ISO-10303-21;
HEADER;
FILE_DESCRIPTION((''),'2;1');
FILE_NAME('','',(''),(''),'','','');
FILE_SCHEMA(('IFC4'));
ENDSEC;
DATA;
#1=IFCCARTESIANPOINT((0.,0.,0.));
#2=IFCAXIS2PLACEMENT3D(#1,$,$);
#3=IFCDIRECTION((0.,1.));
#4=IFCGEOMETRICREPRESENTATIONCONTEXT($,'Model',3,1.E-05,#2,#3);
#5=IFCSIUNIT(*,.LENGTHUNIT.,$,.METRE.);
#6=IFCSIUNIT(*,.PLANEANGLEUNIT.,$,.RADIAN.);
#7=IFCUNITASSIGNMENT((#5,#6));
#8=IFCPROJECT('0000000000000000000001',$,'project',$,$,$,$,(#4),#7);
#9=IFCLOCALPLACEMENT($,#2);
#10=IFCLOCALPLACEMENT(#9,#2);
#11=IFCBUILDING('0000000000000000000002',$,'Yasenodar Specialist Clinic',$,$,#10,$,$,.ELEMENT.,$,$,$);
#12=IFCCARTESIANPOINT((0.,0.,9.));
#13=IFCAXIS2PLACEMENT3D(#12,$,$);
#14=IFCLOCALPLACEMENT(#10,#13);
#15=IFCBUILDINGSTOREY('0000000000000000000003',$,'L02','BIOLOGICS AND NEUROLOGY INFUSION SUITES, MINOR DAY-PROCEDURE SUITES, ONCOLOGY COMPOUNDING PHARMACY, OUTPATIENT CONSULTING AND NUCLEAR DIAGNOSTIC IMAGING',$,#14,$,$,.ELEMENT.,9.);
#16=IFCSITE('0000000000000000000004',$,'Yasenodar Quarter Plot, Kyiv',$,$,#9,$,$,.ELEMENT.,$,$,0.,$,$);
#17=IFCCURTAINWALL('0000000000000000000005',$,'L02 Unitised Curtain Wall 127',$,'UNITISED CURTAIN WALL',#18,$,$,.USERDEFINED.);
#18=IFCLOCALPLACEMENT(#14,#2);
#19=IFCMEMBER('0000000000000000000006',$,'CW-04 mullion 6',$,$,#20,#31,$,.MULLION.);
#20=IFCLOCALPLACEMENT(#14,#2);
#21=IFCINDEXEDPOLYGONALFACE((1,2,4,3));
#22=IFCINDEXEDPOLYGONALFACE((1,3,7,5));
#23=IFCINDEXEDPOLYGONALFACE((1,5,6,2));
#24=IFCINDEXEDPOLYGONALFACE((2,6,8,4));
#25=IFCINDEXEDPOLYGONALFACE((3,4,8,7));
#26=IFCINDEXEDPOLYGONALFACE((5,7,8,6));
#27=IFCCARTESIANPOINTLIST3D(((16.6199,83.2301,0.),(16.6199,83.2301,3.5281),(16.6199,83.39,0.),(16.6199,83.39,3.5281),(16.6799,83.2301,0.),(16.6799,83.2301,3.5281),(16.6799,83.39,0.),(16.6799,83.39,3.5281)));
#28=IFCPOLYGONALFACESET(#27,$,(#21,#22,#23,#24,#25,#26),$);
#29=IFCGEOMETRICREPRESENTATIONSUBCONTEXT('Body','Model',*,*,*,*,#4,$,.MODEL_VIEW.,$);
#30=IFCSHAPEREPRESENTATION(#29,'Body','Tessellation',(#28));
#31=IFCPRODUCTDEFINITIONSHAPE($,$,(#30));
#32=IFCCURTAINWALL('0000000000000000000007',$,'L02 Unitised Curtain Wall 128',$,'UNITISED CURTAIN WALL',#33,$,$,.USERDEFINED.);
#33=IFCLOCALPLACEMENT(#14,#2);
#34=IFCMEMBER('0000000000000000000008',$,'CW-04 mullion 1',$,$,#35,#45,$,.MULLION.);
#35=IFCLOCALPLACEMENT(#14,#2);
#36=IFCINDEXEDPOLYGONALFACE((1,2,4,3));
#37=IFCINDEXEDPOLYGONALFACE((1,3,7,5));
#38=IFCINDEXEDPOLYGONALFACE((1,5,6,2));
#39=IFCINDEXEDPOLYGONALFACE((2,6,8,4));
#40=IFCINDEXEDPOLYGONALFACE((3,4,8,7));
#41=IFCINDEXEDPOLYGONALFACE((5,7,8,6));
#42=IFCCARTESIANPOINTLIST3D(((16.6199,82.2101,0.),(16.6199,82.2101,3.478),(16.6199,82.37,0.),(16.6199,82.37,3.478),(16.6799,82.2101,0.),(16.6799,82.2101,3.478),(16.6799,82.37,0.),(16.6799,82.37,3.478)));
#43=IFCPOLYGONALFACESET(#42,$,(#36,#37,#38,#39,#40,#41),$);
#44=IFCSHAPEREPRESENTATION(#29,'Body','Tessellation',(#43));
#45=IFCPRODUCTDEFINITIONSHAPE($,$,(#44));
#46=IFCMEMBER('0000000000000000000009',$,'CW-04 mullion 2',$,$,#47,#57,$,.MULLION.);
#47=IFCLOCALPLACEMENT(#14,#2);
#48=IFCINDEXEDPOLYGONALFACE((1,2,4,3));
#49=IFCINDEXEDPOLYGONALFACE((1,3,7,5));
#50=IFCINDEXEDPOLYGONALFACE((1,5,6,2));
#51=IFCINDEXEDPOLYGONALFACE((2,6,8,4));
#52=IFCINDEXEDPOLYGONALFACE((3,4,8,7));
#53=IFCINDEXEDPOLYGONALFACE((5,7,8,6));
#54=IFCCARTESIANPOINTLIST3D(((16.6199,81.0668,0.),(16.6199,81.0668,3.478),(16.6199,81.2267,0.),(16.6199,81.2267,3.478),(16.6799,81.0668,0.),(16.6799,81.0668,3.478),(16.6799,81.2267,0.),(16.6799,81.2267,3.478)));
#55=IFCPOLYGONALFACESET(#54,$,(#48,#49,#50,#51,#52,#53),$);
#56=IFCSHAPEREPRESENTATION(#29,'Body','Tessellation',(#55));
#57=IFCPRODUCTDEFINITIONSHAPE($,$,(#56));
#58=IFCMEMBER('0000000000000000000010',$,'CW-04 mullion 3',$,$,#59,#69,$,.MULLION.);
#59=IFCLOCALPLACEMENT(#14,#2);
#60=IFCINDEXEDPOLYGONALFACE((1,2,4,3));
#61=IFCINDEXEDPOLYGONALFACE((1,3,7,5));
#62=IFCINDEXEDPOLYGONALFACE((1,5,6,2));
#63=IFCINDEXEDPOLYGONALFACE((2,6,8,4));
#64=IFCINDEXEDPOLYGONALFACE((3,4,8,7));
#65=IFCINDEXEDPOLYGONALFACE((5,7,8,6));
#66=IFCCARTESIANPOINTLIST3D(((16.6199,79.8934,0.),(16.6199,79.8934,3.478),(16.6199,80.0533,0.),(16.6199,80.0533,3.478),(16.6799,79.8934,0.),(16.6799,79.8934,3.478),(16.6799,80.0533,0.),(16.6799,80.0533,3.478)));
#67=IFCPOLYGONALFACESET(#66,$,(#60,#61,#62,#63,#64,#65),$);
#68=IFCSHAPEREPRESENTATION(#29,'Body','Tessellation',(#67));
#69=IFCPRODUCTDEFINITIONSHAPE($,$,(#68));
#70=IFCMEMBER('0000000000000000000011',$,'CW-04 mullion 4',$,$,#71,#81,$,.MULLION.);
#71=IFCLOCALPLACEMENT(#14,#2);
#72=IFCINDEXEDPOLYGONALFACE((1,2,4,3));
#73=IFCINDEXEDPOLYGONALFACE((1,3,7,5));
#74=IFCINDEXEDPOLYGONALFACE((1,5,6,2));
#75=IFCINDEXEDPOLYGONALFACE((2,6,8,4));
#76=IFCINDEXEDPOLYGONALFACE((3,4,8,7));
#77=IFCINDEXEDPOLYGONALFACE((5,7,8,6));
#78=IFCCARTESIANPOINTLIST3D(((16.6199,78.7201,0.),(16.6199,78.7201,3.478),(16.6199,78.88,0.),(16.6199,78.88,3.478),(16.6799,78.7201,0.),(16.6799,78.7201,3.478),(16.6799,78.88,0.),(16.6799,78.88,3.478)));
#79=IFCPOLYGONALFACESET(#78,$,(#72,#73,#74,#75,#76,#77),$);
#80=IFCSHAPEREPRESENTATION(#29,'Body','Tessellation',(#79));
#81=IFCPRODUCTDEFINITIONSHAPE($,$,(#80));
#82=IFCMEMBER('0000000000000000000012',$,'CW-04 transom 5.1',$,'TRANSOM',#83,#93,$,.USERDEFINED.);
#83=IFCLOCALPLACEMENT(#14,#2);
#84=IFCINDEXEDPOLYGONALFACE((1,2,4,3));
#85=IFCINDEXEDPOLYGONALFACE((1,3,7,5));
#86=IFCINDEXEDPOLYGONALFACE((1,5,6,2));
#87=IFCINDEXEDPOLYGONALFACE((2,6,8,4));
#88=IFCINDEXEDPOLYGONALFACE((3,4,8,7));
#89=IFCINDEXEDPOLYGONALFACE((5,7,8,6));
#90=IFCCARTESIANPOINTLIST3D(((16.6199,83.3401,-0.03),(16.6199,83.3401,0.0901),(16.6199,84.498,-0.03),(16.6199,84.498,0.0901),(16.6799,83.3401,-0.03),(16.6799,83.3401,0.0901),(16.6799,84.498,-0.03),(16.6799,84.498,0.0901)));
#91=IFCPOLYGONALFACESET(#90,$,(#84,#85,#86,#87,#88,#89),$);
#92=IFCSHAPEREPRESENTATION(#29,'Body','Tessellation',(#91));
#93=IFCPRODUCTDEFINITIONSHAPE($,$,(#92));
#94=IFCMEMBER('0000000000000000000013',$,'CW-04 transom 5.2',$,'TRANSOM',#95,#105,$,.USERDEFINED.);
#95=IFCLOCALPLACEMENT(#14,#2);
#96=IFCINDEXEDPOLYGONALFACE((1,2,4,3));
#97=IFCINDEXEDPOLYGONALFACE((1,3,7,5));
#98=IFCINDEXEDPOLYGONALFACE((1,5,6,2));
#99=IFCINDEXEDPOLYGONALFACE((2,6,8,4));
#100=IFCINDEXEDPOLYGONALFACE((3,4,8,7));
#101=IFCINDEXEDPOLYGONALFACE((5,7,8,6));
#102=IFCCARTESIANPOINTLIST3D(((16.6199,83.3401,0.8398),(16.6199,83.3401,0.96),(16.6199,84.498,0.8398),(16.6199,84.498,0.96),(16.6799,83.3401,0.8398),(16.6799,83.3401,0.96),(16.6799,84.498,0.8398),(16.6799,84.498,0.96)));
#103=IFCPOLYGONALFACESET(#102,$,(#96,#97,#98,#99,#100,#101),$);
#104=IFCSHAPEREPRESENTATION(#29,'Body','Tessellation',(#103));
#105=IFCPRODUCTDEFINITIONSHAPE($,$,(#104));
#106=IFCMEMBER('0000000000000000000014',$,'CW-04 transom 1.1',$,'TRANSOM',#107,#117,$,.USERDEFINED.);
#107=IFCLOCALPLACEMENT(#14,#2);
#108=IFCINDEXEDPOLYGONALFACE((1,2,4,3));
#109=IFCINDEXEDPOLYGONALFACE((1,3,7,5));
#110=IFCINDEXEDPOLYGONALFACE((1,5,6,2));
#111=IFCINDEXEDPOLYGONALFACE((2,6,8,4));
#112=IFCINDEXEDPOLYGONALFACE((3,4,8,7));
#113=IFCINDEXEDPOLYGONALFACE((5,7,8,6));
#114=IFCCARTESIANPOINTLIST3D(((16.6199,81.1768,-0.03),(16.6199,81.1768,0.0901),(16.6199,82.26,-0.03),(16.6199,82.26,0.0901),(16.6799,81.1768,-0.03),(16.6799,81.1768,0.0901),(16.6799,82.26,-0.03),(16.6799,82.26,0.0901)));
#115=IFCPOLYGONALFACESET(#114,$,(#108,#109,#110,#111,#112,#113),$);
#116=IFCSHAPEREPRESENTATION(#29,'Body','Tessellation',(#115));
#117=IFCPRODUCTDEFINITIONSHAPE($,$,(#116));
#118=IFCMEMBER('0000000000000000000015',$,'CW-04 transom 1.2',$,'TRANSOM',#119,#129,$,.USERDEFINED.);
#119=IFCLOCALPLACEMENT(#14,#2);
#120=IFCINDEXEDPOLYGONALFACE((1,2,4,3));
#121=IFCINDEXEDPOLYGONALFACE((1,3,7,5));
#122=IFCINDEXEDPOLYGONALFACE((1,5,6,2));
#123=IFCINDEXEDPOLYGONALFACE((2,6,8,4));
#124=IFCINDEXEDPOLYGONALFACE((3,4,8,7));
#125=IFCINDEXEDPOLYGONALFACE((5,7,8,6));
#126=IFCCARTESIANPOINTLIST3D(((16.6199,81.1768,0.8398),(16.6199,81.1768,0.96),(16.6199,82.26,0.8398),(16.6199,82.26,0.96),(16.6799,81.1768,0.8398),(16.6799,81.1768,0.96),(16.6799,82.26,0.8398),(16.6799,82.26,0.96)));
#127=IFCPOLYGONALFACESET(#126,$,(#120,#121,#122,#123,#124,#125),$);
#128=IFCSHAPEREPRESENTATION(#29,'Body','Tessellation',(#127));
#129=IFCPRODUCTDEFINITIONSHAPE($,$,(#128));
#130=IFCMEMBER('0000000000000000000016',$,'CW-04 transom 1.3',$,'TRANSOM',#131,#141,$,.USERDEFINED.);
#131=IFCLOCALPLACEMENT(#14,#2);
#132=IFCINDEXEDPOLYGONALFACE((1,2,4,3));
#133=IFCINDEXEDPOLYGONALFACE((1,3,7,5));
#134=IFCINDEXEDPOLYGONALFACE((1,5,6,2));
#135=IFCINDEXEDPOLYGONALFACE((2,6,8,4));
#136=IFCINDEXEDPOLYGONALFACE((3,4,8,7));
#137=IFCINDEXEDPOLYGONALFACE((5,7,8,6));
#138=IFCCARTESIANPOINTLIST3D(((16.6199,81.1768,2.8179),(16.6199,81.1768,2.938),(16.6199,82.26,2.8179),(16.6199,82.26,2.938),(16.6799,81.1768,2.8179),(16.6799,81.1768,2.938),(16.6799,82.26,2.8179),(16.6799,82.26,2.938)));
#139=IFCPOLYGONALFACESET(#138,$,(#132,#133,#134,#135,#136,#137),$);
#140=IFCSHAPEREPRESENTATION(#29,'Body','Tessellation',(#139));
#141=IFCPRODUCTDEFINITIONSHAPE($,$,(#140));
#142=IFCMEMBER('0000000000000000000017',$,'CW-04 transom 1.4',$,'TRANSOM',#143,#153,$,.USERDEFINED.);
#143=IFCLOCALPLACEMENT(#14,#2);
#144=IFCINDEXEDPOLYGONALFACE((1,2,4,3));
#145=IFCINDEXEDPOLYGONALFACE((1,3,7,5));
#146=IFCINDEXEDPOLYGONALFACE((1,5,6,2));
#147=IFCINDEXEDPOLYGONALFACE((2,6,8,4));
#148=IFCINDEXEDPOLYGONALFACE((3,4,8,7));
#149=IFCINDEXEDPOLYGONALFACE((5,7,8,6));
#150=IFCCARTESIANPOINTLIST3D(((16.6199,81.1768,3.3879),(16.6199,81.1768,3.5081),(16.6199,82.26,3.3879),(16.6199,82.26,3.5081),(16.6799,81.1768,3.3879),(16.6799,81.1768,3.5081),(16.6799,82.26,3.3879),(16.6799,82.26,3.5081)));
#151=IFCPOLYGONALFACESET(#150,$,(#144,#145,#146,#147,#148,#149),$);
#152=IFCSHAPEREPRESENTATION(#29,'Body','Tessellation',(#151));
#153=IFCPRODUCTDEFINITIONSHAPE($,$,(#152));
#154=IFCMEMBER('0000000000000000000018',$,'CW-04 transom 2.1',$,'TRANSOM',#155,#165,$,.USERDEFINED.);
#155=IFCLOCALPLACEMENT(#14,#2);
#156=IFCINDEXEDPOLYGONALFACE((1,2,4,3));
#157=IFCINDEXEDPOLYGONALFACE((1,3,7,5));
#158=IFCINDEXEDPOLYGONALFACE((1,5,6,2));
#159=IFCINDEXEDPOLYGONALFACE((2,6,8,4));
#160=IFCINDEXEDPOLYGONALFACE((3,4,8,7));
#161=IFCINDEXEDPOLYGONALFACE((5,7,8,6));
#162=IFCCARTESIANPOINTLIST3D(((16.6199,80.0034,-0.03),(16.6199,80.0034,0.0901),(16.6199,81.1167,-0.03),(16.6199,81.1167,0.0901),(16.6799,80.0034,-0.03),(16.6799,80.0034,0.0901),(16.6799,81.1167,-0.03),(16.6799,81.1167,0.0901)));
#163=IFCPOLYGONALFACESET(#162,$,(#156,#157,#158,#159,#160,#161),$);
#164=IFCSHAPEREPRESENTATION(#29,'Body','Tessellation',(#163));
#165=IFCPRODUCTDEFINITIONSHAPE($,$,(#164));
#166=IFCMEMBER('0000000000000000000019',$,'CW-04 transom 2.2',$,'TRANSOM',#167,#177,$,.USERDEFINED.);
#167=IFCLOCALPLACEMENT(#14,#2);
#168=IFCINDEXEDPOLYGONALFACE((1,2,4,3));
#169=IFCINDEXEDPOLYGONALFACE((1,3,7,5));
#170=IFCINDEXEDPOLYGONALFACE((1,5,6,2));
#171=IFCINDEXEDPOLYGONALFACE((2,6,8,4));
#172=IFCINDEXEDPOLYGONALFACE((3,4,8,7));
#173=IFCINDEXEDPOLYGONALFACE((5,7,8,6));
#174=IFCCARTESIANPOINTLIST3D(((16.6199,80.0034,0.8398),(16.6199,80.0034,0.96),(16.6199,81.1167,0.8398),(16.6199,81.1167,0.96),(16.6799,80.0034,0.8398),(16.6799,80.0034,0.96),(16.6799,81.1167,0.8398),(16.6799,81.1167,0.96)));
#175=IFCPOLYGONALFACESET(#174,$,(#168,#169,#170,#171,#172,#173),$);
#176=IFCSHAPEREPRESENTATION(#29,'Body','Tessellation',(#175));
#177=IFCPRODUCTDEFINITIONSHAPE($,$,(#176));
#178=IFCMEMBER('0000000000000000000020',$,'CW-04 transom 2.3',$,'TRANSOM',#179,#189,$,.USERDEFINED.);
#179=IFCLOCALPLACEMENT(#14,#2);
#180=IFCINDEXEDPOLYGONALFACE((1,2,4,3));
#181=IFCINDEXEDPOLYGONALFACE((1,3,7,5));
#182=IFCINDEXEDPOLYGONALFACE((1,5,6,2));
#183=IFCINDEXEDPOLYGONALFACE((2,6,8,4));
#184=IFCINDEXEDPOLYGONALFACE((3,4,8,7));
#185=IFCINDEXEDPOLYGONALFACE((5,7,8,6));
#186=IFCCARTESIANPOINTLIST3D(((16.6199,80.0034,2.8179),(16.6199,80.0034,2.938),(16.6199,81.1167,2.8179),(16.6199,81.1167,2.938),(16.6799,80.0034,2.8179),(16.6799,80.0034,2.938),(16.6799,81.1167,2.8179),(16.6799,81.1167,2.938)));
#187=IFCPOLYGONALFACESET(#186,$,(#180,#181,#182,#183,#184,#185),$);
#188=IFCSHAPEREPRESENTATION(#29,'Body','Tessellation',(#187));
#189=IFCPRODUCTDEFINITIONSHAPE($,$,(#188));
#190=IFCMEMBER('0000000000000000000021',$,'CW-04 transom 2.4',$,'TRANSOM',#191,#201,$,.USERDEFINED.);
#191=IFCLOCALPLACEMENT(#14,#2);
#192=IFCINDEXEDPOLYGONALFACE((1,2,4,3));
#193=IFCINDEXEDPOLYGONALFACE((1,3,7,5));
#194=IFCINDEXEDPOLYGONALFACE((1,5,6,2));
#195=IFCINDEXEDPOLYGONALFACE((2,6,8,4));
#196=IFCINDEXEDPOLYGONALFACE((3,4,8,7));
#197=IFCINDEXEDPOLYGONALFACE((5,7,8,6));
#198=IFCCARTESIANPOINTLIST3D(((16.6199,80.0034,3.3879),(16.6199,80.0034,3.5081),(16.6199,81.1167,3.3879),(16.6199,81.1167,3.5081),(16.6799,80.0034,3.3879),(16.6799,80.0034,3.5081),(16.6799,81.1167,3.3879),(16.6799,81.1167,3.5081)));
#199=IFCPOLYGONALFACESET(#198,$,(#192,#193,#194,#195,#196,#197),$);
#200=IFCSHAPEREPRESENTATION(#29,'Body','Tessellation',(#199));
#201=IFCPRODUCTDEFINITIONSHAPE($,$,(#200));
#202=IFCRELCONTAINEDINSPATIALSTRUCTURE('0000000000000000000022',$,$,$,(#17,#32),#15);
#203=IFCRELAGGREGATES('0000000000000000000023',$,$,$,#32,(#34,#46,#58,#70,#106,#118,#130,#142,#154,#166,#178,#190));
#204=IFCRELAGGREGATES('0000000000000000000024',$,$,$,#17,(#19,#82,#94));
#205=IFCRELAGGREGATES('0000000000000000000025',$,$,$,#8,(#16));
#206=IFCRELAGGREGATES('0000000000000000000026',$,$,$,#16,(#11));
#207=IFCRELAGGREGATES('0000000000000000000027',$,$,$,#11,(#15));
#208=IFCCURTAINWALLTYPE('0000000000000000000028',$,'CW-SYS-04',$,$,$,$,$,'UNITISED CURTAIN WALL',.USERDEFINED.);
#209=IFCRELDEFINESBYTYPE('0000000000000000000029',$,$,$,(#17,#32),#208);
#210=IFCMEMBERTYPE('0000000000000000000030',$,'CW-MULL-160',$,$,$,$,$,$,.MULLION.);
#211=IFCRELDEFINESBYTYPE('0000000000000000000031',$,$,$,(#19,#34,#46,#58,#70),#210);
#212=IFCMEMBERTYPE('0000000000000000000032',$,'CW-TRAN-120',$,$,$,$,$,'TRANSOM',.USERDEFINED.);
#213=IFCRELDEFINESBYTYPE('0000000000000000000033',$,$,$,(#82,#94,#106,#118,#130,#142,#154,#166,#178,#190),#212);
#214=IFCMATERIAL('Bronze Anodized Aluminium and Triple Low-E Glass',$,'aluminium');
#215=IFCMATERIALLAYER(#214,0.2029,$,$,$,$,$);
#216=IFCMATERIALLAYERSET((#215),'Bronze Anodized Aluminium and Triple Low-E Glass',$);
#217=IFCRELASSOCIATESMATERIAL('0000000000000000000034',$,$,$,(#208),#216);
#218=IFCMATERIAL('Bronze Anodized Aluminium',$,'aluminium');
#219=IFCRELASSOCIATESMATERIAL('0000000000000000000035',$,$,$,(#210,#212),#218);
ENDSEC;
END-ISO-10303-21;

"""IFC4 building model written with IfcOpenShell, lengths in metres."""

from ifc_helpers import new_model, si_unit, direction, frame, origin, origin_2d, place, context, subcontext, project, spatial, rectangle, extrude, material, layer, layer_set, material_profile, profile_set, type_object, element, aggregate, save


model = new_model("IFC4")

# Units and contexts
model_context = context("Model", 3, precision=1e-05, world=origin(), true_north=direction((0.0, 1.0)))
body_context = subcontext(model_context, "Body", "Model", "MODEL_VIEW")
ifc_project = project(units=[si_unit("LENGTHUNIT", "METRE"), si_unit("PLANEANGLEUNIT", "RADIAN")], contexts=[model_context])

# Site, building, storey
site_placement = place(None, origin())
site = spatial("IfcSite", under=ifc_project, at=site_placement, Name="Yasenodar Quarter Plot, Kyiv", CompositionType="ELEMENT", RefElevation=0.0)
building_placement = place(site_placement, origin())
building = spatial("IfcBuilding", under=site, at=building_placement, Name="Yasenodar Specialist Clinic", CompositionType="ELEMENT")
storey_placement = place(building_placement, frame((0.0, 0.0, 9.0)))
storey = spatial("IfcBuildingStorey", under=building, at=storey_placement, Name="L02", Description="BIOLOGICS AND NEUROLOGY INFUSION SUITES, MINOR DAY-PROCEDURE SUITES, ONCOLOGY COMPOUNDING PHARMACY, OUTPATIENT CONSULTING AND NUCLEAR DIAGNOSTIC IMAGING", CompositionType="ELEMENT", Elevation=9.0)

# Curtain wall, member
ifc_material_1 = material(Name="Bronze Anodized Aluminium and Triple Low-E Glass", Category="aluminium")
ifc_layer_1 = layer(ifc_material_1, 0.2029)
ifc_layer_set_1 = layer_set([ifc_layer_1], Name="Bronze Anodized Aluminium and Triple Low-E Glass")
curtain_wall_type = type_object("IfcCurtainWallType", Name="CW-SYS-04", ElementType="UNITISED CURTAIN WALL", PredefinedType="USERDEFINED", material=ifc_layer_set_1)
curtain_wall_1_placement = place(storey_placement, origin())
curtain_wall_1 = element("IfcCurtainWall", 1, at=curtain_wall_1_placement, inside=storey, type_object=curtain_wall_type, Name="L02 Unitised Curtain Wall 127", ObjectType="UNITISED CURTAIN WALL", PredefinedType="USERDEFINED")
ifc_material_2 = material(Name="Bronze Anodized Aluminium", Category="aluminium")
ifc_material_profile_1 = material_profile(ifc_material_2, rectangle(XDim=0.0601, YDim=0.1599, at=origin_2d()), Name="CW-MULL 60x160")
ifc_profile_set_1 = profile_set([ifc_material_profile_1], Name="Bronze Anodized Aluminium")
member_type_1 = type_object("IfcMemberType", Name="CW-MULL-160", PredefinedType="MULLION", material=ifc_profile_set_1)
member_1_placement = place(storey_placement, frame((16.6499, 83.3101, 0.0), z_axis=(0.0, 0.0, 1.0), x_axis=(1.0, 0.0, 0.0)))
member_1 = element("IfcMember", 2, at=member_1_placement, type_object=member_type_1, Name="CW-04 mullion 6", PredefinedType="MULLION", context=body_context, shape_type="SweptSolid", body=[
    extrude(rectangle(XDim=0.0601, YDim=0.1599, at=origin_2d()), origin(), (0.0, 0.0, 1.0), 3.5281),
])

# Curtain wall, members
curtain_wall_2_placement = place(storey_placement, origin())
curtain_wall_2 = element("IfcCurtainWall", 3, at=curtain_wall_2_placement, inside=storey, type_object=curtain_wall_type, Name="L02 Unitised Curtain Wall 128", ObjectType="UNITISED CURTAIN WALL", PredefinedType="USERDEFINED")
member_2_placement = place(storey_placement, frame((16.6499, 82.29, 0.0), z_axis=(0.0, 0.0, 1.0), x_axis=(1.0, 0.0, 0.0)))
member_2 = element("IfcMember", 4, at=member_2_placement, type_object=member_type_1, Name="CW-04 mullion 1", PredefinedType="MULLION", context=body_context, shape_type="SweptSolid", body=[
    extrude(rectangle(XDim=0.0601, YDim=0.1599, at=origin_2d()), origin(), (0.0, 0.0, 1.0), 3.478),
])
member_3_placement = place(storey_placement, frame((16.6499, 81.1467, 0.0), z_axis=(0.0, 0.0, 1.0), x_axis=(1.0, 0.0, 0.0)))
member_3 = element("IfcMember", 5, at=member_3_placement, type_object=member_type_1, Name="CW-04 mullion 2", PredefinedType="MULLION", context=body_context, shape_type="SweptSolid", body=[
    extrude(rectangle(XDim=0.0601, YDim=0.1599, at=origin_2d()), origin(), (0.0, 0.0, 1.0), 3.478),
])
member_4_placement = place(storey_placement, frame((16.6499, 79.9734, 0.0), z_axis=(0.0, 0.0, 1.0), x_axis=(1.0, 0.0, 0.0)))
member_4 = element("IfcMember", 6, at=member_4_placement, type_object=member_type_1, Name="CW-04 mullion 3", PredefinedType="MULLION", context=body_context, shape_type="SweptSolid", body=[
    extrude(rectangle(XDim=0.0601, YDim=0.1599, at=origin_2d()), origin(), (0.0, 0.0, 1.0), 3.478),
])
member_5_placement = place(storey_placement, frame((16.6499, 78.8, 0.0), z_axis=(0.0, 0.0, 1.0), x_axis=(1.0, 0.0, 0.0)))
member_5 = element("IfcMember", 7, at=member_5_placement, type_object=member_type_1, Name="CW-04 mullion 4", PredefinedType="MULLION", context=body_context, shape_type="SweptSolid", body=[
    extrude(rectangle(XDim=0.0601, YDim=0.1599, at=origin_2d()), origin(), (0.0, 0.0, 1.0), 3.478),
])

# Members
ifc_material_profile_2 = material_profile(ifc_material_2, rectangle(XDim=0.0601, YDim=0.1201, at=origin_2d()), Name="CW-TRAN 60x120")
ifc_profile_set_2 = profile_set([ifc_material_profile_2], Name="Bronze Anodized Aluminium")
member_type_2 = type_object("IfcMemberType", Name="CW-TRAN-120", ElementType="TRANSOM", PredefinedType="USERDEFINED", material=ifc_profile_set_2)
member_6_placement = place(storey_placement, frame((16.6499, 84.498, 0.03), z_axis=(0.0, -1.0, 0.0), x_axis=(1.0, 0.0, 0.0)))
member_6 = element("IfcMember", 8, at=member_6_placement, type_object=member_type_2, Name="CW-04 transom 5.1", ObjectType="TRANSOM", PredefinedType="USERDEFINED", context=body_context, shape_type="SweptSolid", body=[
    extrude(rectangle(XDim=0.0601, YDim=0.1201, at=origin_2d()), origin(), (0.0, 0.0, 1.0), 1.158),
])
member_7_placement = place(storey_placement, frame((16.6499, 84.498, 0.8999), z_axis=(0.0, -1.0, 0.0), x_axis=(1.0, 0.0, 0.0)))
member_7 = element("IfcMember", 9, at=member_7_placement, type_object=member_type_2, Name="CW-04 transom 5.2", ObjectType="TRANSOM", PredefinedType="USERDEFINED", context=body_context, shape_type="SweptSolid", body=[
    extrude(rectangle(XDim=0.0601, YDim=0.1201, at=origin_2d()), origin(), (0.0, 0.0, 1.0), 1.158),
])
member_8_placement = place(storey_placement, frame((16.6499, 82.26, 0.03), z_axis=(0.0, -1.0, 0.0), x_axis=(1.0, 0.0, 0.0)))
member_8 = element("IfcMember", 10, at=member_8_placement, type_object=member_type_2, Name="CW-04 transom 1.1", ObjectType="TRANSOM", PredefinedType="USERDEFINED", context=body_context, shape_type="SweptSolid", body=[
    extrude(rectangle(XDim=0.0601, YDim=0.1201, at=origin_2d()), origin(), (0.0, 0.0, 1.0), 1.0833),
])
member_9_placement = place(storey_placement, frame((16.6499, 82.26, 0.8999), z_axis=(0.0, -1.0, 0.0), x_axis=(1.0, 0.0, 0.0)))
member_9 = element("IfcMember", 11, at=member_9_placement, type_object=member_type_2, Name="CW-04 transom 1.2", ObjectType="TRANSOM", PredefinedType="USERDEFINED", context=body_context, shape_type="SweptSolid", body=[
    extrude(rectangle(XDim=0.0601, YDim=0.1201, at=origin_2d()), origin(), (0.0, 0.0, 1.0), 1.0833),
])
member_10_placement = place(storey_placement, frame((16.6499, 82.26, 2.8779), z_axis=(0.0, -1.0, 0.0), x_axis=(1.0, 0.0, 0.0)))
member_10 = element("IfcMember", 12, at=member_10_placement, type_object=member_type_2, Name="CW-04 transom 1.3", ObjectType="TRANSOM", PredefinedType="USERDEFINED", context=body_context, shape_type="SweptSolid", body=[
    extrude(rectangle(XDim=0.0601, YDim=0.1201, at=origin_2d()), origin(), (0.0, 0.0, 1.0), 1.0833),
])
member_11_placement = place(storey_placement, frame((16.6499, 82.26, 3.448), z_axis=(0.0, -1.0, 0.0), x_axis=(1.0, 0.0, 0.0)))
member_11 = element("IfcMember", 13, at=member_11_placement, type_object=member_type_2, Name="CW-04 transom 1.4", ObjectType="TRANSOM", PredefinedType="USERDEFINED", context=body_context, shape_type="SweptSolid", body=[
    extrude(rectangle(XDim=0.0601, YDim=0.1201, at=origin_2d()), origin(), (0.0, 0.0, 1.0), 1.0833),
])
member_12_placement = place(storey_placement, frame((16.6499, 81.1167, 0.03), z_axis=(0.0, -1.0, 0.0), x_axis=(1.0, 0.0, 0.0)))
member_12 = element("IfcMember", 14, at=member_12_placement, type_object=member_type_2, Name="CW-04 transom 2.1", ObjectType="TRANSOM", PredefinedType="USERDEFINED", context=body_context, shape_type="SweptSolid", body=[
    extrude(rectangle(XDim=0.0601, YDim=0.1201, at=origin_2d()), origin(), (0.0, 0.0, 1.0), 1.1133),
])
member_13_placement = place(storey_placement, frame((16.6499, 81.1167, 0.8999), z_axis=(0.0, -1.0, 0.0), x_axis=(1.0, 0.0, 0.0)))
member_13 = element("IfcMember", 15, at=member_13_placement, type_object=member_type_2, Name="CW-04 transom 2.2", ObjectType="TRANSOM", PredefinedType="USERDEFINED", context=body_context, shape_type="SweptSolid", body=[
    extrude(rectangle(XDim=0.0601, YDim=0.1201, at=origin_2d()), origin(), (0.0, 0.0, 1.0), 1.1133),
])
member_14_placement = place(storey_placement, frame((16.6499, 81.1167, 2.8779), z_axis=(0.0, -1.0, 0.0), x_axis=(1.0, 0.0, 0.0)))
member_14 = element("IfcMember", 16, at=member_14_placement, type_object=member_type_2, Name="CW-04 transom 2.3", ObjectType="TRANSOM", PredefinedType="USERDEFINED", context=body_context, shape_type="SweptSolid", body=[
    extrude(rectangle(XDim=0.0601, YDim=0.1201, at=origin_2d()), origin(), (0.0, 0.0, 1.0), 1.1133),
])
member_15_placement = place(storey_placement, frame((16.6499, 81.1167, 3.448), z_axis=(0.0, -1.0, 0.0), x_axis=(1.0, 0.0, 0.0)))
member_15 = element("IfcMember", 17, at=member_15_placement, type_object=member_type_2, Name="CW-04 transom 2.4", ObjectType="TRANSOM", PredefinedType="USERDEFINED", context=body_context, shape_type="SweptSolid", body=[
    extrude(rectangle(XDim=0.0601, YDim=0.1201, at=origin_2d()), origin(), (0.0, 0.0, 1.0), 1.1133),
])

aggregate(curtain_wall_2, [member_2, member_3, member_4, member_5, member_8, member_9, member_10, member_11, member_12, member_13, member_14, member_15])
aggregate(curtain_wall_1, [member_1, member_6, member_7])

save(model, "model.ifc")
